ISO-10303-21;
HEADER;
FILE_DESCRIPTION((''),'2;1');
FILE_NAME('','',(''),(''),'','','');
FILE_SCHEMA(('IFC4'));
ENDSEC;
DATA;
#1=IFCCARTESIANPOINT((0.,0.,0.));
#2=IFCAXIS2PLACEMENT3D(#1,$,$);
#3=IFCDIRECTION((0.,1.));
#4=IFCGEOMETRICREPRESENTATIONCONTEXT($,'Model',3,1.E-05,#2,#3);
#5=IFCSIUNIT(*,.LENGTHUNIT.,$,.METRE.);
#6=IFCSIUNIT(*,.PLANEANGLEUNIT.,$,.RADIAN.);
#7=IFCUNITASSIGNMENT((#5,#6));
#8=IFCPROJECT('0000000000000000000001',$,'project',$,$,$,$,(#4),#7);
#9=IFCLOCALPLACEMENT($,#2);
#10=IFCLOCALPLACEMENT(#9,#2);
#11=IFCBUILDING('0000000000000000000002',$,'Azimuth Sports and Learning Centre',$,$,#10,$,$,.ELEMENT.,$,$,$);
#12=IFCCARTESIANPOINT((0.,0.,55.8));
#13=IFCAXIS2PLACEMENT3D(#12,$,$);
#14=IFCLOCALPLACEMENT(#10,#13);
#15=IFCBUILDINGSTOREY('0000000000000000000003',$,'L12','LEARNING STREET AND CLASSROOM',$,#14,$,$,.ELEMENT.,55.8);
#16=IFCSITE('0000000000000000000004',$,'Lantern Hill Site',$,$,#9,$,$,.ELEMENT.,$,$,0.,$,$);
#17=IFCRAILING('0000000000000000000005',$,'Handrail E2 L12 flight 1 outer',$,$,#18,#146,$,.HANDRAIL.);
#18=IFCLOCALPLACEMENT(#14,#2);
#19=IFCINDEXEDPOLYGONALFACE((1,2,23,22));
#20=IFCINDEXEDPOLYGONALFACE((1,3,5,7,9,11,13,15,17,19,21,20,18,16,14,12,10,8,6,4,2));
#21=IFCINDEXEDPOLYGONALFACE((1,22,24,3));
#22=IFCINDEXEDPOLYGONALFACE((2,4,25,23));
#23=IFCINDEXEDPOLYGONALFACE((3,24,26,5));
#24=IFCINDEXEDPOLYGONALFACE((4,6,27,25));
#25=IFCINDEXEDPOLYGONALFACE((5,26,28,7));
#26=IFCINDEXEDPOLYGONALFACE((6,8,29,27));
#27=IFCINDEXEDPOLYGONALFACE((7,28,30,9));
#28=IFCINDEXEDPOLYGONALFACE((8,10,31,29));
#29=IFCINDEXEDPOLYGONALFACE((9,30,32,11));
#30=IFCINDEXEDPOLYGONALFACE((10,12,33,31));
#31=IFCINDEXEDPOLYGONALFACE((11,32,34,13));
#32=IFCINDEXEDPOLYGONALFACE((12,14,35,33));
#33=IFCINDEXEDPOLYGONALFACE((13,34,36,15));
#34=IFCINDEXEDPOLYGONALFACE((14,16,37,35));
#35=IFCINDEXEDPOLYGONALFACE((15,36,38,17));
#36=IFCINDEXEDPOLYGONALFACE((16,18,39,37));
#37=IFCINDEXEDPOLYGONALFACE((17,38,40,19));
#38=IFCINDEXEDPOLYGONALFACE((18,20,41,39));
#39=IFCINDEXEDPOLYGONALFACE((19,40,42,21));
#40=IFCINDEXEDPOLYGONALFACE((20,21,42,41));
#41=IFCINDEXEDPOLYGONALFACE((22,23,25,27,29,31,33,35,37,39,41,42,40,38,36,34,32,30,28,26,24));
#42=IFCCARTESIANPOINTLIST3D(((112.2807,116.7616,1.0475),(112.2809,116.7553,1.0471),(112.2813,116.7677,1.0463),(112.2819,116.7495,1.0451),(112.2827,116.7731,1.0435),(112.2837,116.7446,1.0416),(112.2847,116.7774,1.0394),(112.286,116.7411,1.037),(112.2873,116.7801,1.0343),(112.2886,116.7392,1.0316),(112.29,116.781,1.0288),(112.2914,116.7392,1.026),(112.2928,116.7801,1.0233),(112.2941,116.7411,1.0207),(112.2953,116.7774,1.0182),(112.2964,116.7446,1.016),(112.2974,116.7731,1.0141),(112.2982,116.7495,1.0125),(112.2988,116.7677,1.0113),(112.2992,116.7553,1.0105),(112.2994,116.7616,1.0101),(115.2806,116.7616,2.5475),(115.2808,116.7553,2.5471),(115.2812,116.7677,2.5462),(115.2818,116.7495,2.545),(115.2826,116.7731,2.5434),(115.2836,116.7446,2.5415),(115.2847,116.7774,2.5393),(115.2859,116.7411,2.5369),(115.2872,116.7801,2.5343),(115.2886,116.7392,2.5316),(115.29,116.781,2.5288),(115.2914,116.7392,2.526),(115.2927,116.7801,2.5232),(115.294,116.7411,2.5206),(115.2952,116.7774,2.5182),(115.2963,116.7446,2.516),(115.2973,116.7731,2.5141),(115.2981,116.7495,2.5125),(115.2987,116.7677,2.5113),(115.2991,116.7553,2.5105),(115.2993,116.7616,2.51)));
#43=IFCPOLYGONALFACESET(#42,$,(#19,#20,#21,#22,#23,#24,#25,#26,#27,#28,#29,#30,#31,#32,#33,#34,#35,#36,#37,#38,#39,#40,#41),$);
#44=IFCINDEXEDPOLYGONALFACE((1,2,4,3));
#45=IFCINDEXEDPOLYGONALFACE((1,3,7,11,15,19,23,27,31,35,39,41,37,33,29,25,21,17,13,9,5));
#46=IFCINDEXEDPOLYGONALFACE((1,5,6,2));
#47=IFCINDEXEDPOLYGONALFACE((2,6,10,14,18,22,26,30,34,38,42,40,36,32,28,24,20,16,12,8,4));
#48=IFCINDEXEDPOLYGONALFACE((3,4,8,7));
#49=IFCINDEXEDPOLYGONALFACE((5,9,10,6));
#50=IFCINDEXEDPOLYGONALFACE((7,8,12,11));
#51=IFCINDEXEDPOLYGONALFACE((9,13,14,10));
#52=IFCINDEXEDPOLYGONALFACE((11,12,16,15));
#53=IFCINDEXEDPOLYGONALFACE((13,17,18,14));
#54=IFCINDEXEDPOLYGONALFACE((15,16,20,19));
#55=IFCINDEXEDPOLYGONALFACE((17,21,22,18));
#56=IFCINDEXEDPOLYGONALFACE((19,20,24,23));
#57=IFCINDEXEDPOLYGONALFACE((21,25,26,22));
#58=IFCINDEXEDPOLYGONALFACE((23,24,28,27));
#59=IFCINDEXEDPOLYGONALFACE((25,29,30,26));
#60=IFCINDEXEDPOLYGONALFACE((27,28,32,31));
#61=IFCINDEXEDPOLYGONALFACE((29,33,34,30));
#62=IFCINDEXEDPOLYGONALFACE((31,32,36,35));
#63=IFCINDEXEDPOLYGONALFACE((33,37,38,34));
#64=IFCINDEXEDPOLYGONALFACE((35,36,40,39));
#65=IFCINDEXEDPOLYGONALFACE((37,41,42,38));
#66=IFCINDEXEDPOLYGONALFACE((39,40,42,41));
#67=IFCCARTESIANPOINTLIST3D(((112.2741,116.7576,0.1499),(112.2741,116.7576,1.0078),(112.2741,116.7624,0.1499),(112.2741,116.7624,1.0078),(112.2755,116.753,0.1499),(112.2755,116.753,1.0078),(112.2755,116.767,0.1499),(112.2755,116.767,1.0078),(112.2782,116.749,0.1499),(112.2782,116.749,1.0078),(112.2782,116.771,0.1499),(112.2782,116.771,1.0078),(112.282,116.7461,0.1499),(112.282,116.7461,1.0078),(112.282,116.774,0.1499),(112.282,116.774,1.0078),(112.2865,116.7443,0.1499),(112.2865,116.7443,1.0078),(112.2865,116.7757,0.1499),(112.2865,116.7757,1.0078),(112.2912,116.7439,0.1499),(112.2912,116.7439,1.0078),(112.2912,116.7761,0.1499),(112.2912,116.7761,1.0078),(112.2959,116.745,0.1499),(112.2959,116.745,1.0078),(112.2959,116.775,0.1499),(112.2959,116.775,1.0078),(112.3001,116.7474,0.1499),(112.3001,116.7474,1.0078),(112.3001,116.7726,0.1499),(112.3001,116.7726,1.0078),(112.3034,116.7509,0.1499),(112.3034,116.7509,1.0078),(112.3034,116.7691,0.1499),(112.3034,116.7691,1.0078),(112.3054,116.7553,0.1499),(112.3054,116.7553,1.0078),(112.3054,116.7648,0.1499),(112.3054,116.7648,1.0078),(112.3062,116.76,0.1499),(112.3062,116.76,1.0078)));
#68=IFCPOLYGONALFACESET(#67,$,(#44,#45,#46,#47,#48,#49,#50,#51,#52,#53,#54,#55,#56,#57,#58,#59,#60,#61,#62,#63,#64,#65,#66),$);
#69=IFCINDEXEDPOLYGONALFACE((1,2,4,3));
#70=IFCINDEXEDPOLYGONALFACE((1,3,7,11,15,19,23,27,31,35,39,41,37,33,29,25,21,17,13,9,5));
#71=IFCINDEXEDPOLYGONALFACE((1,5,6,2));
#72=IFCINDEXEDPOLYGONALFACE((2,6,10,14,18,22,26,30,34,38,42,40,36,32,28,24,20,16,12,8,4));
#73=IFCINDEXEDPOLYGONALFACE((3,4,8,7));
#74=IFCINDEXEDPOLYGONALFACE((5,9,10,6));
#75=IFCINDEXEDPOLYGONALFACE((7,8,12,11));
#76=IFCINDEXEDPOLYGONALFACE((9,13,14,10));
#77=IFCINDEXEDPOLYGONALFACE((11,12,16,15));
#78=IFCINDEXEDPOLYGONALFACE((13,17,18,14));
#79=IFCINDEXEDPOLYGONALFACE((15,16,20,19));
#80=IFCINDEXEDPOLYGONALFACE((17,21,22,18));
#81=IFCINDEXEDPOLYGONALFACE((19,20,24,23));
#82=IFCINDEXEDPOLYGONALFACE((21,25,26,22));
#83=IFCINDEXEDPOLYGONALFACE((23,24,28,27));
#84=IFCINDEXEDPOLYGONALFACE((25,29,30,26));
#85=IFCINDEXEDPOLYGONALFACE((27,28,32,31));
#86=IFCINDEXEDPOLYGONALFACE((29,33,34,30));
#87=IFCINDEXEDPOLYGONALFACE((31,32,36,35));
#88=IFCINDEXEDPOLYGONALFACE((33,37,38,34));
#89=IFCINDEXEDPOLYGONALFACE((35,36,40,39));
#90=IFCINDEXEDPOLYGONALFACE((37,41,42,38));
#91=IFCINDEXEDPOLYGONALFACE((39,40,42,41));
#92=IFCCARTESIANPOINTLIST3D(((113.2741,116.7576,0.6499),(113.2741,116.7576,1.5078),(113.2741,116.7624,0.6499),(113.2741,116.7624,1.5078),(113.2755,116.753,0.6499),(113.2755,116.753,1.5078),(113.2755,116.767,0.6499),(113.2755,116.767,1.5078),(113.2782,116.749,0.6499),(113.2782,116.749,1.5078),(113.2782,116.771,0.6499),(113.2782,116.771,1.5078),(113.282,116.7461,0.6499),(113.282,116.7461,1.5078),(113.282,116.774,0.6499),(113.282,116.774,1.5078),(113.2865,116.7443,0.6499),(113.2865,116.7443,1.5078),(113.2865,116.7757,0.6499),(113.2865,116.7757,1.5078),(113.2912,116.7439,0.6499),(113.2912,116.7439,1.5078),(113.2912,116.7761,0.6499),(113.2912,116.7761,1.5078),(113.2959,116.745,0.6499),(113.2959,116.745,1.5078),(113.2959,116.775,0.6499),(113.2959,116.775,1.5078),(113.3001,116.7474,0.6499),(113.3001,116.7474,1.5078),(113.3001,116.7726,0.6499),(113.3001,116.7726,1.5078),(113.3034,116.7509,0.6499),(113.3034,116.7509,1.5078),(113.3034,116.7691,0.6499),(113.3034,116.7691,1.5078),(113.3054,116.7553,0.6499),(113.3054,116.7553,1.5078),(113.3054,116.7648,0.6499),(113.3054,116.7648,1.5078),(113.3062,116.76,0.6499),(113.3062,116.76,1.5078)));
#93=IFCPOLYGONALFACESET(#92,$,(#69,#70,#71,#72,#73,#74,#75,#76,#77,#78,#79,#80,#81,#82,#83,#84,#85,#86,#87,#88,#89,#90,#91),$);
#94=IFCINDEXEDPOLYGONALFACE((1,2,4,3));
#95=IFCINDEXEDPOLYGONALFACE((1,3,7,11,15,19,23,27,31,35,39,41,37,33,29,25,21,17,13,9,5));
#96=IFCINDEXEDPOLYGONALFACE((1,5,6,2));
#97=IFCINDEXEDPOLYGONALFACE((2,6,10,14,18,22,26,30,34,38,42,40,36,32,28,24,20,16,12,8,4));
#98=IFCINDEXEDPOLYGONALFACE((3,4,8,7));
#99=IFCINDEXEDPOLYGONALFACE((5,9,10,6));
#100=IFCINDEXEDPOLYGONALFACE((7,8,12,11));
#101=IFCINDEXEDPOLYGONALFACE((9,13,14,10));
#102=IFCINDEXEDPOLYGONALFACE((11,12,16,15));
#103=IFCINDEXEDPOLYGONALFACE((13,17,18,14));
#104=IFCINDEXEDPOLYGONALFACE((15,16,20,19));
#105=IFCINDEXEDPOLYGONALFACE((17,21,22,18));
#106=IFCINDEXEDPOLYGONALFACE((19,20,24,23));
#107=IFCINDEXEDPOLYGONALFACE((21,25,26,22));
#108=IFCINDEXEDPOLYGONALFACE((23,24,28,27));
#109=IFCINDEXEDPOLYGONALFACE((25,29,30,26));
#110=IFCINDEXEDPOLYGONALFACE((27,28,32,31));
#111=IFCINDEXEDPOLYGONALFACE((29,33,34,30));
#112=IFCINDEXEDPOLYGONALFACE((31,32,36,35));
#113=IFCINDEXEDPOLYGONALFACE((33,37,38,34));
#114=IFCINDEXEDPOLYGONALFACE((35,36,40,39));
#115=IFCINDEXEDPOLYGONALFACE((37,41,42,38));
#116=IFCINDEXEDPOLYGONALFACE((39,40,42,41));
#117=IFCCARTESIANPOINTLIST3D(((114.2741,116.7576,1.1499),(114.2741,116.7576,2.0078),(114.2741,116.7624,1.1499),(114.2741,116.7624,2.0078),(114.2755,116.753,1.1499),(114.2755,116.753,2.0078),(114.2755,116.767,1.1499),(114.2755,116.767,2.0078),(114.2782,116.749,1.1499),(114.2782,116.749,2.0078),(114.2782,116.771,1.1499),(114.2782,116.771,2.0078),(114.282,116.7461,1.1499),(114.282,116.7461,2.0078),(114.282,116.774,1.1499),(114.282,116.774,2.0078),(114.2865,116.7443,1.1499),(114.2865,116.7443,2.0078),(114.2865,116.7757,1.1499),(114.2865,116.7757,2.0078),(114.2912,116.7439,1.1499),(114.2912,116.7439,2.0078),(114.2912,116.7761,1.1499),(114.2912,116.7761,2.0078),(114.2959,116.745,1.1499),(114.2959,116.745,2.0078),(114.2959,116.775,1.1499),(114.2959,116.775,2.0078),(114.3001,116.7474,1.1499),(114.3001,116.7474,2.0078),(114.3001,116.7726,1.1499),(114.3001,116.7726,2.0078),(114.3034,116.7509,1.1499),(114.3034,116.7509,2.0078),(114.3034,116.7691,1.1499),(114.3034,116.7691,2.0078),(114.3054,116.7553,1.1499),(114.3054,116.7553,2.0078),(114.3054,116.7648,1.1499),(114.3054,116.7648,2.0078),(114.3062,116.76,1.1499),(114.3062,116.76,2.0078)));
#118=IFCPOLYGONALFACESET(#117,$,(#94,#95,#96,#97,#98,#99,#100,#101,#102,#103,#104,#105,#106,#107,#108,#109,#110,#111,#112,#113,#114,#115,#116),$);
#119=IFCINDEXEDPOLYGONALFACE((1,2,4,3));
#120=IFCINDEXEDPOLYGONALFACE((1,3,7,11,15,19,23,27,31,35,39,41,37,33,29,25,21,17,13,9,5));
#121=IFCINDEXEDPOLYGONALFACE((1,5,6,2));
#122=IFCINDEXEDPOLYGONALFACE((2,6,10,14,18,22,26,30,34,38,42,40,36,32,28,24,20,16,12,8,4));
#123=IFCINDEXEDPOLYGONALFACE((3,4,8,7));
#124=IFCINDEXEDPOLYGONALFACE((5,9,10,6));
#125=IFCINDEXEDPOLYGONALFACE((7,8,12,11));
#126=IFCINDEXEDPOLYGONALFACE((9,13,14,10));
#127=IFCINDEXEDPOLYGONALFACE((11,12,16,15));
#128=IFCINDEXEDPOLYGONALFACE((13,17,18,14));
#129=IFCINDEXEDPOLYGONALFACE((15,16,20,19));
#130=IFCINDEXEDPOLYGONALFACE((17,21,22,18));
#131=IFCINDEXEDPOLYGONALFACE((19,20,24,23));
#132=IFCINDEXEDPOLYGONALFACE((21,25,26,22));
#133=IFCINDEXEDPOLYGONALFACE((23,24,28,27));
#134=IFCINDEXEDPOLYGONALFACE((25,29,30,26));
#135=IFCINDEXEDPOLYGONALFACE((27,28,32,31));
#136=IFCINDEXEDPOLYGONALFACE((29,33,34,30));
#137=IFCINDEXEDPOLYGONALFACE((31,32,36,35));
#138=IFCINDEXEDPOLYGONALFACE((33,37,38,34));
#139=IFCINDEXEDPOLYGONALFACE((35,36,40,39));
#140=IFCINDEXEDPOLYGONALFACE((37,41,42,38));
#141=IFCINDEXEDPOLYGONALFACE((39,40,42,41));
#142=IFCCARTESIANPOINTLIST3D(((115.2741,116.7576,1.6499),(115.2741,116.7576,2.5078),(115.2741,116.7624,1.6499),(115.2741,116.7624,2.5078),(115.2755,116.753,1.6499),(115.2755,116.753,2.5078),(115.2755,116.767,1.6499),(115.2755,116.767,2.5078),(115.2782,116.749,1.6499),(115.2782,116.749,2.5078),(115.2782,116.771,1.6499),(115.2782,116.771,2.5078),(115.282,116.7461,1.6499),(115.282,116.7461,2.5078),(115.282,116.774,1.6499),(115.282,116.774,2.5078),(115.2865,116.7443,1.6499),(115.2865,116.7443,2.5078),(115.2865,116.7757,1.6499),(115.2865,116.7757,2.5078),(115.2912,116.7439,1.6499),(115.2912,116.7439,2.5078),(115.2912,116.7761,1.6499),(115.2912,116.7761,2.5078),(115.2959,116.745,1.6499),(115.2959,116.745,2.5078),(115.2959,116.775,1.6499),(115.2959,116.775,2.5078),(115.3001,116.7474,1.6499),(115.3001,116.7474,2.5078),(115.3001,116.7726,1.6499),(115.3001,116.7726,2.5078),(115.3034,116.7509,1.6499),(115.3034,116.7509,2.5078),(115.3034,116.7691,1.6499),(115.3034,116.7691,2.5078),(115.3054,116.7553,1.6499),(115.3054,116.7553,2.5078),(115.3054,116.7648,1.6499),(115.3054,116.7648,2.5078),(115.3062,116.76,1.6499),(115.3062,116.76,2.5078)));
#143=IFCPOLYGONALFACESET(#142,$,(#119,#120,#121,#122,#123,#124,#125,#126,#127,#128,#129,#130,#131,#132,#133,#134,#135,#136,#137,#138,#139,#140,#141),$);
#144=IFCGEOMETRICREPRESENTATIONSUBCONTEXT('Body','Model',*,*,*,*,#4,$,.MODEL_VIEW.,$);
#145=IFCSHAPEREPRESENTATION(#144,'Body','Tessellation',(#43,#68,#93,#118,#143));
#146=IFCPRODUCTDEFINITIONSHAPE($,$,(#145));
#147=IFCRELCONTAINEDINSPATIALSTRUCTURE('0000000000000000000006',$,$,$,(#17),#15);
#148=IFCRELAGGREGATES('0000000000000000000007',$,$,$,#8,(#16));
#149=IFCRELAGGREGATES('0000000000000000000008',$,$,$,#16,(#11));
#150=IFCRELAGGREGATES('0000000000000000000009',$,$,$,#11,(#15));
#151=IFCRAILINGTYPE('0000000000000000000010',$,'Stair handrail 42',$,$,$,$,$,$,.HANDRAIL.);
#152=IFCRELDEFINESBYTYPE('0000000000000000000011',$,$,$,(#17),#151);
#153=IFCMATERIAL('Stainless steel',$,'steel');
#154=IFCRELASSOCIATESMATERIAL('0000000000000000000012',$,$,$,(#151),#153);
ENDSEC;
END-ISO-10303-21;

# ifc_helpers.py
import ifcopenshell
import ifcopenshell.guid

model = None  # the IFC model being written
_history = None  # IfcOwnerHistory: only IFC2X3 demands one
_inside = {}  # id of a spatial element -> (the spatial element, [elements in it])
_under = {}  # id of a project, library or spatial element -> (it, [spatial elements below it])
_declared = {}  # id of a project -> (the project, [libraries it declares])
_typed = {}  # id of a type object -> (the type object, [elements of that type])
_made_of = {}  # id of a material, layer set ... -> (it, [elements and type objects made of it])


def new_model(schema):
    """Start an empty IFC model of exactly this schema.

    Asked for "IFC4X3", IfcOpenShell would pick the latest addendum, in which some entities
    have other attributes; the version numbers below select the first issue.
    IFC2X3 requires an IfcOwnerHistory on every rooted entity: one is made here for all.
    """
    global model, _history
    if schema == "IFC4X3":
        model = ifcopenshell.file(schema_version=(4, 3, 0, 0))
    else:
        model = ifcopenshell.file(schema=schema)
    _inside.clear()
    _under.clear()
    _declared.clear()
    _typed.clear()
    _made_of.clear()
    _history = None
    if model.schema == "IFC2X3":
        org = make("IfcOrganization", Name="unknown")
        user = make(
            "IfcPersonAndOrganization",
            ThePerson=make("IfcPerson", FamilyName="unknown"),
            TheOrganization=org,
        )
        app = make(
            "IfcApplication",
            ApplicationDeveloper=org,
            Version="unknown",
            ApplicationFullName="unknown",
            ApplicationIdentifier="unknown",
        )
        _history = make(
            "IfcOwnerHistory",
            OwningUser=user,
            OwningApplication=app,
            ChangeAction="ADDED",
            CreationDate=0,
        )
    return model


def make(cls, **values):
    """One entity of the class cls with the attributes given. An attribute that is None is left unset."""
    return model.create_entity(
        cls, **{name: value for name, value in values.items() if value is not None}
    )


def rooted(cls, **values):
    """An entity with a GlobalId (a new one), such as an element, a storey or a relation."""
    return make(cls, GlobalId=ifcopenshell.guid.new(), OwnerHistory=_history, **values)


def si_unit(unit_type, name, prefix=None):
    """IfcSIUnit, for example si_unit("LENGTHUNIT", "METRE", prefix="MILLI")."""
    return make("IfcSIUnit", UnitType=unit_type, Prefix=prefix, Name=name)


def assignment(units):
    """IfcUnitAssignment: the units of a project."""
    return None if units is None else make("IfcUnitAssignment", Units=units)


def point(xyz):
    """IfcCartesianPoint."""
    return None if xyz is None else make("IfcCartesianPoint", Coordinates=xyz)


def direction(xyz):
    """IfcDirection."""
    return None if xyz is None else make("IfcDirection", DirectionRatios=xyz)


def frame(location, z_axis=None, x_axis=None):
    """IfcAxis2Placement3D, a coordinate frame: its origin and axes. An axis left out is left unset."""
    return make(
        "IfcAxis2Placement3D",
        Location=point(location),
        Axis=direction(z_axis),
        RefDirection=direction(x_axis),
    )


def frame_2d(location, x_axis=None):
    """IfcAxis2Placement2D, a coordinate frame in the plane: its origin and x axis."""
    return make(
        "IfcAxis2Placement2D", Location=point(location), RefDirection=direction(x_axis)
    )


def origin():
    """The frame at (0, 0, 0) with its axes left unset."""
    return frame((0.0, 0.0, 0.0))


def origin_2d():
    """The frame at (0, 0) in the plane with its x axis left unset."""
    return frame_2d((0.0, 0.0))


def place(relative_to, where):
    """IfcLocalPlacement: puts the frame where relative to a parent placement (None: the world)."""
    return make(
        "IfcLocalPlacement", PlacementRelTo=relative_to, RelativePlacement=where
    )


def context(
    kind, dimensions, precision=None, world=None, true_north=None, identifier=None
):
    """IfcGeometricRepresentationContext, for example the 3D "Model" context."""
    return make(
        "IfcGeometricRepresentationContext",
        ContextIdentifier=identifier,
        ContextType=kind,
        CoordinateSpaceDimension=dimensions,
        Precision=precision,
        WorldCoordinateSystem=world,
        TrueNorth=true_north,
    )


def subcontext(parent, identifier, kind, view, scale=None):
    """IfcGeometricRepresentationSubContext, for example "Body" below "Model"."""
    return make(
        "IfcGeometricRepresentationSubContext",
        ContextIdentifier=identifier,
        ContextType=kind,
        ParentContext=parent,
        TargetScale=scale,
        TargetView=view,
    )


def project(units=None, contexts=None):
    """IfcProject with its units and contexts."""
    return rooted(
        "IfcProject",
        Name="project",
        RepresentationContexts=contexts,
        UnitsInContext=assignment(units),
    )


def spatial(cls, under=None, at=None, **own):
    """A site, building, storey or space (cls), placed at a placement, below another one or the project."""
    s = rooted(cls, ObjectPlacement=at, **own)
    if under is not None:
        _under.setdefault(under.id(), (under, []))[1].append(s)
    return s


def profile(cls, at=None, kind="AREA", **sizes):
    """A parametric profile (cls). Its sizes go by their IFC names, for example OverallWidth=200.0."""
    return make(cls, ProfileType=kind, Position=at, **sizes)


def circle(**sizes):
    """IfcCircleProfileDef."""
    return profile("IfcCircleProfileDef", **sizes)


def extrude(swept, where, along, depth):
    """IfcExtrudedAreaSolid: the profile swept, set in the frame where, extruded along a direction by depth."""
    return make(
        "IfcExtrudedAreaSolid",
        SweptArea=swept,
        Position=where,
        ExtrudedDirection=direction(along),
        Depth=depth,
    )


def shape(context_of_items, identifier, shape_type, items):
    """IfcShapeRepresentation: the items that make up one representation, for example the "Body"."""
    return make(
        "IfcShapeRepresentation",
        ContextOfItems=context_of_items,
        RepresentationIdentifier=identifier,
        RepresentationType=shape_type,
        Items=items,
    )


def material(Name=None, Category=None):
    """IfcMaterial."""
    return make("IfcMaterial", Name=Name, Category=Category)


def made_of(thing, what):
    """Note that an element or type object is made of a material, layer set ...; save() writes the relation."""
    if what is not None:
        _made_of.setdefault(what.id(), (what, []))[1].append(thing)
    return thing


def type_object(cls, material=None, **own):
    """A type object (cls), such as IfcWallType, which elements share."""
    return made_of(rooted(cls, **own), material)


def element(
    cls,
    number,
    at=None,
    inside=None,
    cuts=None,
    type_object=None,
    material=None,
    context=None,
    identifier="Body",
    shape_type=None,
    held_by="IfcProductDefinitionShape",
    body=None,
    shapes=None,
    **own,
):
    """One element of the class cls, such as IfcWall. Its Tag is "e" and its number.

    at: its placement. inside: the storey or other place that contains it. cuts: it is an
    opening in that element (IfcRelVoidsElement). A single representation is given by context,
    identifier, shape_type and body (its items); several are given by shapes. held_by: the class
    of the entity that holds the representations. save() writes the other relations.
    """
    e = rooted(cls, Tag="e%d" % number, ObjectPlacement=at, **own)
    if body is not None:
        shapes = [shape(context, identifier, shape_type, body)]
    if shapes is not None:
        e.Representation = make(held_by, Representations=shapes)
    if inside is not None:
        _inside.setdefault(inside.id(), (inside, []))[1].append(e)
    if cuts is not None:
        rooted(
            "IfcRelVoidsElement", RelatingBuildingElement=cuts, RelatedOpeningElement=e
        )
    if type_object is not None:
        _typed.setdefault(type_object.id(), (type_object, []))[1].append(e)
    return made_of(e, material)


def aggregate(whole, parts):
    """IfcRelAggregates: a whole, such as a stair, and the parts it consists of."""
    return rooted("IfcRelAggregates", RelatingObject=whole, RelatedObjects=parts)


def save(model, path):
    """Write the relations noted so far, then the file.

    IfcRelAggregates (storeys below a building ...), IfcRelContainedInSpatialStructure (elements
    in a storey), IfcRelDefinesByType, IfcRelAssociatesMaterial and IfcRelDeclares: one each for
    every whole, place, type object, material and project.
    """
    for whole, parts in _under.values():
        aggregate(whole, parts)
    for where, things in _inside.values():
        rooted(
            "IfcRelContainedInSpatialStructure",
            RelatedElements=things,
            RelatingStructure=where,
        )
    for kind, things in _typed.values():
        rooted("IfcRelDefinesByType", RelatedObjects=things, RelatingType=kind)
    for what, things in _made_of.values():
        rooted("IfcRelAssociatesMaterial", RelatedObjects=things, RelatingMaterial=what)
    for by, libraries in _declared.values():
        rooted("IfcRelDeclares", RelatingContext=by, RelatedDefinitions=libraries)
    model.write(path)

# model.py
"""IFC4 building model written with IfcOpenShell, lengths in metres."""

from ifc_helpers import new_model, si_unit, direction, frame, origin, origin_2d, place, context, subcontext, project, spatial, circle, extrude, material, type_object, element, save


model = new_model("IFC4")

# Units and contexts
model_context = context("Model", 3, precision=1e-05, world=origin(), true_north=direction((0.0, 1.0)))
body_context = subcontext(model_context, "Body", "Model", "MODEL_VIEW")
ifc_project = project(units=[si_unit("LENGTHUNIT", "METRE"), si_unit("PLANEANGLEUNIT", "RADIAN")], contexts=[model_context])

# Site, building, storey
site_placement = place(None, origin())
site = spatial("IfcSite", under=ifc_project, at=site_placement, Name="Lantern Hill Site", CompositionType="ELEMENT", RefElevation=0.0)
building_placement = place(site_placement, origin())
building = spatial("IfcBuilding", under=site, at=building_placement, Name="Azimuth Sports and Learning Centre", CompositionType="ELEMENT")
storey_placement = place(building_placement, frame((0.0, 0.0, 55.8)))
storey = spatial("IfcBuildingStorey", under=building, at=storey_placement, Name="L12", Description="LEARNING STREET AND CLASSROOM", CompositionType="ELEMENT", Elevation=55.8)

# Railing
ifc_material_1 = material(Name="Stainless steel", Category="steel")
railing_type_1 = type_object("IfcRailingType", Name="Stair handrail 42", PredefinedType="HANDRAIL", material=ifc_material_1)
for number, where, name in (
    (1, (112.29, 116.76, 0.1499), "Handrail E2 L12 flight 1 outer"),
):
    element("IfcRailing", number, at=place(storey_placement, frame(where)), inside=storey, type_object=railing_type_1, Name=name, PredefinedType="HANDRAIL", context=body_context, shape_type="SweptSolid", body=[
        extrude(circle(Radius=0.021, at=origin_2d()), frame((0.0, 0.0, 0.8789), z_axis=(0.894427, 0.0, 0.447214), x_axis=(0.0, 1.0, 0.0)), (0.0, 0.0, 1.0), 3.354),
        extrude(circle(Radius=0.0161, at=origin_2d()), origin(), (0.0, 0.0, 1.0), 0.8579),
        extrude(circle(Radius=0.0161, at=origin_2d()), frame((1.0, 0.0, 0.5)), (0.0, 0.0, 1.0), 0.8579),
        extrude(circle(Radius=0.0161, at=origin_2d()), frame((2.0, 0.0, 1.0)), (0.0, 0.0, 1.0), 0.8579),
        extrude(circle(Radius=0.0161, at=origin_2d()), frame((3.0, 0.0, 1.5)), (0.0, 0.0, 1.0), 0.8579),
    ])

save(model, "model.ifc")
